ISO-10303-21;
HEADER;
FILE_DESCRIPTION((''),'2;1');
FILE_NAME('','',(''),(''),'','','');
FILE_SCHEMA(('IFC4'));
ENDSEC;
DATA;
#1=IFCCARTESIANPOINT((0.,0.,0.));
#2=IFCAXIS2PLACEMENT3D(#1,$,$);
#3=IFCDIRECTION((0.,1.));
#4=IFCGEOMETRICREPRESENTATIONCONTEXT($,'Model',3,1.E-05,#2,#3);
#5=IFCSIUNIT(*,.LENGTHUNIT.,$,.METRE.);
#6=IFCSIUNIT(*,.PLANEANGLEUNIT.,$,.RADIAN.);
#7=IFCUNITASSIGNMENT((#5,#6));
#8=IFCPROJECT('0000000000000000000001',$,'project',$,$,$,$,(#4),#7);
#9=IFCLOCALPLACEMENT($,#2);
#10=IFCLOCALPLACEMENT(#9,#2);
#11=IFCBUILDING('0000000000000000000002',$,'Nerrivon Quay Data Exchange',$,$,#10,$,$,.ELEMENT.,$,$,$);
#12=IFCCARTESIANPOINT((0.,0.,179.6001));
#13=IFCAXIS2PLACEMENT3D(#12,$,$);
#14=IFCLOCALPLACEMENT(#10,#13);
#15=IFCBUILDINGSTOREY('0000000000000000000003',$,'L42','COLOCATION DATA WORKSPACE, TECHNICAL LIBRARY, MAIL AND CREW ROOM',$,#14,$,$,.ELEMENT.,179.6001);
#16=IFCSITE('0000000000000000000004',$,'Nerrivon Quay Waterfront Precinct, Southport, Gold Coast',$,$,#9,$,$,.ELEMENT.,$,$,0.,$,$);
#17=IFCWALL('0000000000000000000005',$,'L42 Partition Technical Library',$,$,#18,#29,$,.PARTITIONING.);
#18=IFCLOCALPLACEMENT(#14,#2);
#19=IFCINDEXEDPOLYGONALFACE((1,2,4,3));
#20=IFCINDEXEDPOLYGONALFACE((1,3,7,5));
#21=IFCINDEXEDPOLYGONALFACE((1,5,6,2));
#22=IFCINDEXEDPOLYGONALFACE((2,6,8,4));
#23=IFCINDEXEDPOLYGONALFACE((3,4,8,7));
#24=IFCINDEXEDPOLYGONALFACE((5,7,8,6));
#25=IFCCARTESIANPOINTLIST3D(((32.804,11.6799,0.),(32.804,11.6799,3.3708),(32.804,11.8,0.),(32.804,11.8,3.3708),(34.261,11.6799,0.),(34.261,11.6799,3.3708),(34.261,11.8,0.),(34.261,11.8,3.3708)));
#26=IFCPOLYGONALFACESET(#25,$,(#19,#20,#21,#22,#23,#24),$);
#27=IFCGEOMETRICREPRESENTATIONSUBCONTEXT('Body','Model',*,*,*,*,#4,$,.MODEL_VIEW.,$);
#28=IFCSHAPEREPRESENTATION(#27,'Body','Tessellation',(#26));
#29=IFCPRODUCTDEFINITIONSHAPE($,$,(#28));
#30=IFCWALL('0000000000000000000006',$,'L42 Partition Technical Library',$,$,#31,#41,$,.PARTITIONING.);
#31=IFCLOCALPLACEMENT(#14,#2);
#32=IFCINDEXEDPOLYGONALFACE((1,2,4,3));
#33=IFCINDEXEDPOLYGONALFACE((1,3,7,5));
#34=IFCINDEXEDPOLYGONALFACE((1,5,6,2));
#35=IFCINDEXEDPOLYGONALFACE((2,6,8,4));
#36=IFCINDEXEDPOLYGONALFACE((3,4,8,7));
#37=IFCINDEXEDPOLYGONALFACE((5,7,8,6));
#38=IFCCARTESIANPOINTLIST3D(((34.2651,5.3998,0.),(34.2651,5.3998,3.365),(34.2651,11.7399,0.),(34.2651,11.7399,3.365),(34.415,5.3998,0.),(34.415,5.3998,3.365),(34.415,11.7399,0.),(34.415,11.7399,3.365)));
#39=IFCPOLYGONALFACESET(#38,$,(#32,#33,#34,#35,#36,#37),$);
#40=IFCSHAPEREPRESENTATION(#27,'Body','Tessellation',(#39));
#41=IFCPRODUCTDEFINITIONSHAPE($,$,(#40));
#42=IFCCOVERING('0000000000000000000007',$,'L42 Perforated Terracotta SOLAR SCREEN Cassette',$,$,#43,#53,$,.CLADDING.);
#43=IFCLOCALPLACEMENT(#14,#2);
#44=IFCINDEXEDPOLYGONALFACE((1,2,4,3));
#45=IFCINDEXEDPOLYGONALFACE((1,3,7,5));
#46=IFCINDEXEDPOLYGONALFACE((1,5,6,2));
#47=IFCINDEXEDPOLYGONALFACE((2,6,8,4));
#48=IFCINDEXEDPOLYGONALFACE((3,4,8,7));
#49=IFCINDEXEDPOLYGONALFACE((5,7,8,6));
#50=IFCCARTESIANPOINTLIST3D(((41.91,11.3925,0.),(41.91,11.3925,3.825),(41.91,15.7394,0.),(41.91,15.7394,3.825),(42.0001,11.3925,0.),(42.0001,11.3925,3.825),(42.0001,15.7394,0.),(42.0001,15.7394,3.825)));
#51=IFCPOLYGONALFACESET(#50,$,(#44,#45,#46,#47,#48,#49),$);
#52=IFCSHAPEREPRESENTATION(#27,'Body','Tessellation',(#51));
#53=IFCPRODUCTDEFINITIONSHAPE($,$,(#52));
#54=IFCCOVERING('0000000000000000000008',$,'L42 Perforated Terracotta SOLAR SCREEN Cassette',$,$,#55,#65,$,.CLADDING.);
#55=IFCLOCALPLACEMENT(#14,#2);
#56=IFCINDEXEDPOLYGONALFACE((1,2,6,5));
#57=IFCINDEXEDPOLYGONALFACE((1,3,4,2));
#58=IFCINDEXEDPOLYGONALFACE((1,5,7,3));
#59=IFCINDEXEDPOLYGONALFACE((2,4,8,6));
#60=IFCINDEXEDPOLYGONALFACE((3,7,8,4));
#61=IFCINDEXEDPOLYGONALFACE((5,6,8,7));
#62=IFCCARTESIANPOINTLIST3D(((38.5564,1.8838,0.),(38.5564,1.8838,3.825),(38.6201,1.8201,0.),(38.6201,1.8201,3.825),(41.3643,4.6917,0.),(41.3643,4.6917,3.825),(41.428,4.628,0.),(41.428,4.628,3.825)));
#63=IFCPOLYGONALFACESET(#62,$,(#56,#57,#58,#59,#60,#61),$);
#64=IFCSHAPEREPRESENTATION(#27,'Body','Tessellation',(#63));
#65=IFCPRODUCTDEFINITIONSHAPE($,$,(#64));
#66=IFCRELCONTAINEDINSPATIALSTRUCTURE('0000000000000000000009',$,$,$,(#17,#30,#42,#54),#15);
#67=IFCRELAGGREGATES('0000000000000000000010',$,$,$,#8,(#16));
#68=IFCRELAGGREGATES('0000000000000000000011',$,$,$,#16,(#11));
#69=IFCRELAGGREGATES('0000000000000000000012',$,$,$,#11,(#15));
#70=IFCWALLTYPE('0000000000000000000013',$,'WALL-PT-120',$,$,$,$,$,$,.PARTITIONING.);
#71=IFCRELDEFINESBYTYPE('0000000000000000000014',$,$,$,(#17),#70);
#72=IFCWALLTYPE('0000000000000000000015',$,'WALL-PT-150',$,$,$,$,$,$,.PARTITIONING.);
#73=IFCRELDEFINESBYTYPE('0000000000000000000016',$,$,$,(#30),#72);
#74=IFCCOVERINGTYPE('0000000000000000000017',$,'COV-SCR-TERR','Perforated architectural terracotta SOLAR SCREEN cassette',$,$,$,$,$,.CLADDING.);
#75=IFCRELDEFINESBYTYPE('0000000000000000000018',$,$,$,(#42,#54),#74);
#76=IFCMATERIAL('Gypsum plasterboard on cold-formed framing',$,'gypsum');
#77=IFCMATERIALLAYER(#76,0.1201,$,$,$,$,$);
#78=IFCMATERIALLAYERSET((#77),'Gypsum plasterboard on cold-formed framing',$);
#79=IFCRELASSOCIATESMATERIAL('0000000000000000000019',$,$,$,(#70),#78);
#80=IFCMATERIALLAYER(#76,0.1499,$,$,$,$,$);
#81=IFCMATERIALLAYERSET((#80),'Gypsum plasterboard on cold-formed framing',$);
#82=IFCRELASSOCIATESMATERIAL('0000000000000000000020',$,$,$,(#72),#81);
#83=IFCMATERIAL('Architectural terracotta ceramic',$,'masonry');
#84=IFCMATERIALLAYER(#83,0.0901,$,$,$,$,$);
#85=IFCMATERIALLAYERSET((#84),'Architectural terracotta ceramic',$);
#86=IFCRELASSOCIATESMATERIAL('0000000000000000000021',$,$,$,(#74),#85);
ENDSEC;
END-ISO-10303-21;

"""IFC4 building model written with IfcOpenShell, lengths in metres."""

from ifc_helpers import new_model, si_unit, direction, frame, frame_2d, origin, origin_2d, place, context, subcontext, project, spatial, rectangle, extrude, material, layer, layer_set, type_object, element, save


model = new_model("IFC4")

# Units and contexts
model_context = context("Model", 3, precision=1e-05, world=origin(), true_north=direction((0.0, 1.0)))
body_context = subcontext(model_context, "Body", "Model", "MODEL_VIEW")
ifc_project = project(units=[si_unit("LENGTHUNIT", "METRE"), si_unit("PLANEANGLEUNIT", "RADIAN")], contexts=[model_context])

# Site, building, storey
site_placement = place(None, origin())
site = spatial("IfcSite", under=ifc_project, at=site_placement, Name="Nerrivon Quay Waterfront Precinct, Southport, Gold Coast", CompositionType="ELEMENT", RefElevation=0.0)
building_placement = place(site_placement, origin())
building = spatial("IfcBuilding", under=site, at=building_placement, Name="Nerrivon Quay Data Exchange", CompositionType="ELEMENT")
storey_placement = place(building_placement, frame((0.0, 0.0, 179.6001)))
storey = spatial("IfcBuildingStorey", under=building, at=storey_placement, Name="L42", Description="COLOCATION DATA WORKSPACE, TECHNICAL LIBRARY, MAIL AND CREW ROOM", CompositionType="ELEMENT", Elevation=179.6001)

# Walls
ifc_material_1 = material(Name="Gypsum plasterboard on cold-formed framing", Category="gypsum")
ifc_layer_1 = layer(ifc_material_1, 0.1201)
ifc_layer_set_1 = layer_set([ifc_layer_1], Name="Gypsum plasterboard on cold-formed framing")
wall_type_1 = type_object("IfcWallType", Name="WALL-PT-120", PredefinedType="PARTITIONING", material=ifc_layer_set_1)
wall_1_placement = place(storey_placement, frame((34.261, 11.74, 0.0), z_axis=(0.0, 0.0, 1.0), x_axis=(-1.0, 0.0, 0.0)))
element("IfcWall", 1, at=wall_1_placement, inside=storey, type_object=wall_type_1, Name="L42 Partition Technical Library", PredefinedType="PARTITIONING", context=body_context, shape_type="SweptSolid", body=[
    extrude(rectangle(XDim=1.457, YDim=0.1201, at=frame_2d((0.7285, 0.0))), origin(), (0.0, 0.0, 1.0), 3.3708),
])
ifc_layer_2 = layer(ifc_material_1, 0.1499)
ifc_layer_set_2 = layer_set([ifc_layer_2], Name="Gypsum plasterboard on cold-formed framing")
wall_type_2 = type_object("IfcWallType", Name="WALL-PT-150", PredefinedType="PARTITIONING", material=ifc_layer_set_2)
wall_2_placement = place(storey_placement, frame((34.3401, 5.3999, 0.0), z_axis=(0.0, 0.0, 1.0), x_axis=(0.0, 1.0, 0.0)))
element("IfcWall", 2, at=wall_2_placement, inside=storey, type_object=wall_type_2, Name="L42 Partition Technical Library", PredefinedType="PARTITIONING", context=body_context, shape_type="SweptSolid", body=[
    extrude(rectangle(XDim=6.3401, YDim=0.1499, at=frame_2d((3.1699, 0.0))), origin(), (0.0, 0.0, 1.0), 3.365),
])

# Coverings
ifc_material_2 = material(Name="Architectural terracotta ceramic", Category="masonry")
ifc_layer_3 = layer(ifc_material_2, 0.0901)
ifc_layer_set_3 = layer_set([ifc_layer_3], Name="Architectural terracotta ceramic")
covering_type = type_object("IfcCoveringType", Name="COV-SCR-TERR", Description="Perforated architectural terracotta SOLAR SCREEN cassette", PredefinedType="CLADDING", material=ifc_layer_set_3)
covering_1_placement = place(storey_placement, frame((41.9551, 13.5659, 0.0), z_axis=(0.0, 0.0, 1.0), x_axis=(0.0, -1.0, 0.0)))
element("IfcCovering", 3, at=covering_1_placement, inside=storey, type_object=covering_type, Name="L42 Perforated Terracotta SOLAR SCREEN Cassette", PredefinedType="CLADDING", context=body_context, shape_type="SweptSolid", body=[
    extrude(rectangle(XDim=4.3469, YDim=0.0901, at=origin_2d()), origin(), (0.0, 0.0, 1.0), 3.825),
])
covering_2_placement = place(storey_placement, frame((39.9922, 3.2559, 0.0), z_axis=(0.0, 0.0, 1.0), x_axis=(-0.707107, -0.707107, 0.0)))
element("IfcCovering", 4, at=covering_2_placement, inside=storey, type_object=covering_type, Name="L42 Perforated Terracotta SOLAR SCREEN Cassette", PredefinedType="CLADDING", context=body_context, shape_type="SweptSolid", body=[
    extrude(rectangle(XDim=3.9709, YDim=0.0901, at=origin_2d()), origin(), (0.0, 0.0, 1.0), 3.825),
])

save(model, "model.ifc")
